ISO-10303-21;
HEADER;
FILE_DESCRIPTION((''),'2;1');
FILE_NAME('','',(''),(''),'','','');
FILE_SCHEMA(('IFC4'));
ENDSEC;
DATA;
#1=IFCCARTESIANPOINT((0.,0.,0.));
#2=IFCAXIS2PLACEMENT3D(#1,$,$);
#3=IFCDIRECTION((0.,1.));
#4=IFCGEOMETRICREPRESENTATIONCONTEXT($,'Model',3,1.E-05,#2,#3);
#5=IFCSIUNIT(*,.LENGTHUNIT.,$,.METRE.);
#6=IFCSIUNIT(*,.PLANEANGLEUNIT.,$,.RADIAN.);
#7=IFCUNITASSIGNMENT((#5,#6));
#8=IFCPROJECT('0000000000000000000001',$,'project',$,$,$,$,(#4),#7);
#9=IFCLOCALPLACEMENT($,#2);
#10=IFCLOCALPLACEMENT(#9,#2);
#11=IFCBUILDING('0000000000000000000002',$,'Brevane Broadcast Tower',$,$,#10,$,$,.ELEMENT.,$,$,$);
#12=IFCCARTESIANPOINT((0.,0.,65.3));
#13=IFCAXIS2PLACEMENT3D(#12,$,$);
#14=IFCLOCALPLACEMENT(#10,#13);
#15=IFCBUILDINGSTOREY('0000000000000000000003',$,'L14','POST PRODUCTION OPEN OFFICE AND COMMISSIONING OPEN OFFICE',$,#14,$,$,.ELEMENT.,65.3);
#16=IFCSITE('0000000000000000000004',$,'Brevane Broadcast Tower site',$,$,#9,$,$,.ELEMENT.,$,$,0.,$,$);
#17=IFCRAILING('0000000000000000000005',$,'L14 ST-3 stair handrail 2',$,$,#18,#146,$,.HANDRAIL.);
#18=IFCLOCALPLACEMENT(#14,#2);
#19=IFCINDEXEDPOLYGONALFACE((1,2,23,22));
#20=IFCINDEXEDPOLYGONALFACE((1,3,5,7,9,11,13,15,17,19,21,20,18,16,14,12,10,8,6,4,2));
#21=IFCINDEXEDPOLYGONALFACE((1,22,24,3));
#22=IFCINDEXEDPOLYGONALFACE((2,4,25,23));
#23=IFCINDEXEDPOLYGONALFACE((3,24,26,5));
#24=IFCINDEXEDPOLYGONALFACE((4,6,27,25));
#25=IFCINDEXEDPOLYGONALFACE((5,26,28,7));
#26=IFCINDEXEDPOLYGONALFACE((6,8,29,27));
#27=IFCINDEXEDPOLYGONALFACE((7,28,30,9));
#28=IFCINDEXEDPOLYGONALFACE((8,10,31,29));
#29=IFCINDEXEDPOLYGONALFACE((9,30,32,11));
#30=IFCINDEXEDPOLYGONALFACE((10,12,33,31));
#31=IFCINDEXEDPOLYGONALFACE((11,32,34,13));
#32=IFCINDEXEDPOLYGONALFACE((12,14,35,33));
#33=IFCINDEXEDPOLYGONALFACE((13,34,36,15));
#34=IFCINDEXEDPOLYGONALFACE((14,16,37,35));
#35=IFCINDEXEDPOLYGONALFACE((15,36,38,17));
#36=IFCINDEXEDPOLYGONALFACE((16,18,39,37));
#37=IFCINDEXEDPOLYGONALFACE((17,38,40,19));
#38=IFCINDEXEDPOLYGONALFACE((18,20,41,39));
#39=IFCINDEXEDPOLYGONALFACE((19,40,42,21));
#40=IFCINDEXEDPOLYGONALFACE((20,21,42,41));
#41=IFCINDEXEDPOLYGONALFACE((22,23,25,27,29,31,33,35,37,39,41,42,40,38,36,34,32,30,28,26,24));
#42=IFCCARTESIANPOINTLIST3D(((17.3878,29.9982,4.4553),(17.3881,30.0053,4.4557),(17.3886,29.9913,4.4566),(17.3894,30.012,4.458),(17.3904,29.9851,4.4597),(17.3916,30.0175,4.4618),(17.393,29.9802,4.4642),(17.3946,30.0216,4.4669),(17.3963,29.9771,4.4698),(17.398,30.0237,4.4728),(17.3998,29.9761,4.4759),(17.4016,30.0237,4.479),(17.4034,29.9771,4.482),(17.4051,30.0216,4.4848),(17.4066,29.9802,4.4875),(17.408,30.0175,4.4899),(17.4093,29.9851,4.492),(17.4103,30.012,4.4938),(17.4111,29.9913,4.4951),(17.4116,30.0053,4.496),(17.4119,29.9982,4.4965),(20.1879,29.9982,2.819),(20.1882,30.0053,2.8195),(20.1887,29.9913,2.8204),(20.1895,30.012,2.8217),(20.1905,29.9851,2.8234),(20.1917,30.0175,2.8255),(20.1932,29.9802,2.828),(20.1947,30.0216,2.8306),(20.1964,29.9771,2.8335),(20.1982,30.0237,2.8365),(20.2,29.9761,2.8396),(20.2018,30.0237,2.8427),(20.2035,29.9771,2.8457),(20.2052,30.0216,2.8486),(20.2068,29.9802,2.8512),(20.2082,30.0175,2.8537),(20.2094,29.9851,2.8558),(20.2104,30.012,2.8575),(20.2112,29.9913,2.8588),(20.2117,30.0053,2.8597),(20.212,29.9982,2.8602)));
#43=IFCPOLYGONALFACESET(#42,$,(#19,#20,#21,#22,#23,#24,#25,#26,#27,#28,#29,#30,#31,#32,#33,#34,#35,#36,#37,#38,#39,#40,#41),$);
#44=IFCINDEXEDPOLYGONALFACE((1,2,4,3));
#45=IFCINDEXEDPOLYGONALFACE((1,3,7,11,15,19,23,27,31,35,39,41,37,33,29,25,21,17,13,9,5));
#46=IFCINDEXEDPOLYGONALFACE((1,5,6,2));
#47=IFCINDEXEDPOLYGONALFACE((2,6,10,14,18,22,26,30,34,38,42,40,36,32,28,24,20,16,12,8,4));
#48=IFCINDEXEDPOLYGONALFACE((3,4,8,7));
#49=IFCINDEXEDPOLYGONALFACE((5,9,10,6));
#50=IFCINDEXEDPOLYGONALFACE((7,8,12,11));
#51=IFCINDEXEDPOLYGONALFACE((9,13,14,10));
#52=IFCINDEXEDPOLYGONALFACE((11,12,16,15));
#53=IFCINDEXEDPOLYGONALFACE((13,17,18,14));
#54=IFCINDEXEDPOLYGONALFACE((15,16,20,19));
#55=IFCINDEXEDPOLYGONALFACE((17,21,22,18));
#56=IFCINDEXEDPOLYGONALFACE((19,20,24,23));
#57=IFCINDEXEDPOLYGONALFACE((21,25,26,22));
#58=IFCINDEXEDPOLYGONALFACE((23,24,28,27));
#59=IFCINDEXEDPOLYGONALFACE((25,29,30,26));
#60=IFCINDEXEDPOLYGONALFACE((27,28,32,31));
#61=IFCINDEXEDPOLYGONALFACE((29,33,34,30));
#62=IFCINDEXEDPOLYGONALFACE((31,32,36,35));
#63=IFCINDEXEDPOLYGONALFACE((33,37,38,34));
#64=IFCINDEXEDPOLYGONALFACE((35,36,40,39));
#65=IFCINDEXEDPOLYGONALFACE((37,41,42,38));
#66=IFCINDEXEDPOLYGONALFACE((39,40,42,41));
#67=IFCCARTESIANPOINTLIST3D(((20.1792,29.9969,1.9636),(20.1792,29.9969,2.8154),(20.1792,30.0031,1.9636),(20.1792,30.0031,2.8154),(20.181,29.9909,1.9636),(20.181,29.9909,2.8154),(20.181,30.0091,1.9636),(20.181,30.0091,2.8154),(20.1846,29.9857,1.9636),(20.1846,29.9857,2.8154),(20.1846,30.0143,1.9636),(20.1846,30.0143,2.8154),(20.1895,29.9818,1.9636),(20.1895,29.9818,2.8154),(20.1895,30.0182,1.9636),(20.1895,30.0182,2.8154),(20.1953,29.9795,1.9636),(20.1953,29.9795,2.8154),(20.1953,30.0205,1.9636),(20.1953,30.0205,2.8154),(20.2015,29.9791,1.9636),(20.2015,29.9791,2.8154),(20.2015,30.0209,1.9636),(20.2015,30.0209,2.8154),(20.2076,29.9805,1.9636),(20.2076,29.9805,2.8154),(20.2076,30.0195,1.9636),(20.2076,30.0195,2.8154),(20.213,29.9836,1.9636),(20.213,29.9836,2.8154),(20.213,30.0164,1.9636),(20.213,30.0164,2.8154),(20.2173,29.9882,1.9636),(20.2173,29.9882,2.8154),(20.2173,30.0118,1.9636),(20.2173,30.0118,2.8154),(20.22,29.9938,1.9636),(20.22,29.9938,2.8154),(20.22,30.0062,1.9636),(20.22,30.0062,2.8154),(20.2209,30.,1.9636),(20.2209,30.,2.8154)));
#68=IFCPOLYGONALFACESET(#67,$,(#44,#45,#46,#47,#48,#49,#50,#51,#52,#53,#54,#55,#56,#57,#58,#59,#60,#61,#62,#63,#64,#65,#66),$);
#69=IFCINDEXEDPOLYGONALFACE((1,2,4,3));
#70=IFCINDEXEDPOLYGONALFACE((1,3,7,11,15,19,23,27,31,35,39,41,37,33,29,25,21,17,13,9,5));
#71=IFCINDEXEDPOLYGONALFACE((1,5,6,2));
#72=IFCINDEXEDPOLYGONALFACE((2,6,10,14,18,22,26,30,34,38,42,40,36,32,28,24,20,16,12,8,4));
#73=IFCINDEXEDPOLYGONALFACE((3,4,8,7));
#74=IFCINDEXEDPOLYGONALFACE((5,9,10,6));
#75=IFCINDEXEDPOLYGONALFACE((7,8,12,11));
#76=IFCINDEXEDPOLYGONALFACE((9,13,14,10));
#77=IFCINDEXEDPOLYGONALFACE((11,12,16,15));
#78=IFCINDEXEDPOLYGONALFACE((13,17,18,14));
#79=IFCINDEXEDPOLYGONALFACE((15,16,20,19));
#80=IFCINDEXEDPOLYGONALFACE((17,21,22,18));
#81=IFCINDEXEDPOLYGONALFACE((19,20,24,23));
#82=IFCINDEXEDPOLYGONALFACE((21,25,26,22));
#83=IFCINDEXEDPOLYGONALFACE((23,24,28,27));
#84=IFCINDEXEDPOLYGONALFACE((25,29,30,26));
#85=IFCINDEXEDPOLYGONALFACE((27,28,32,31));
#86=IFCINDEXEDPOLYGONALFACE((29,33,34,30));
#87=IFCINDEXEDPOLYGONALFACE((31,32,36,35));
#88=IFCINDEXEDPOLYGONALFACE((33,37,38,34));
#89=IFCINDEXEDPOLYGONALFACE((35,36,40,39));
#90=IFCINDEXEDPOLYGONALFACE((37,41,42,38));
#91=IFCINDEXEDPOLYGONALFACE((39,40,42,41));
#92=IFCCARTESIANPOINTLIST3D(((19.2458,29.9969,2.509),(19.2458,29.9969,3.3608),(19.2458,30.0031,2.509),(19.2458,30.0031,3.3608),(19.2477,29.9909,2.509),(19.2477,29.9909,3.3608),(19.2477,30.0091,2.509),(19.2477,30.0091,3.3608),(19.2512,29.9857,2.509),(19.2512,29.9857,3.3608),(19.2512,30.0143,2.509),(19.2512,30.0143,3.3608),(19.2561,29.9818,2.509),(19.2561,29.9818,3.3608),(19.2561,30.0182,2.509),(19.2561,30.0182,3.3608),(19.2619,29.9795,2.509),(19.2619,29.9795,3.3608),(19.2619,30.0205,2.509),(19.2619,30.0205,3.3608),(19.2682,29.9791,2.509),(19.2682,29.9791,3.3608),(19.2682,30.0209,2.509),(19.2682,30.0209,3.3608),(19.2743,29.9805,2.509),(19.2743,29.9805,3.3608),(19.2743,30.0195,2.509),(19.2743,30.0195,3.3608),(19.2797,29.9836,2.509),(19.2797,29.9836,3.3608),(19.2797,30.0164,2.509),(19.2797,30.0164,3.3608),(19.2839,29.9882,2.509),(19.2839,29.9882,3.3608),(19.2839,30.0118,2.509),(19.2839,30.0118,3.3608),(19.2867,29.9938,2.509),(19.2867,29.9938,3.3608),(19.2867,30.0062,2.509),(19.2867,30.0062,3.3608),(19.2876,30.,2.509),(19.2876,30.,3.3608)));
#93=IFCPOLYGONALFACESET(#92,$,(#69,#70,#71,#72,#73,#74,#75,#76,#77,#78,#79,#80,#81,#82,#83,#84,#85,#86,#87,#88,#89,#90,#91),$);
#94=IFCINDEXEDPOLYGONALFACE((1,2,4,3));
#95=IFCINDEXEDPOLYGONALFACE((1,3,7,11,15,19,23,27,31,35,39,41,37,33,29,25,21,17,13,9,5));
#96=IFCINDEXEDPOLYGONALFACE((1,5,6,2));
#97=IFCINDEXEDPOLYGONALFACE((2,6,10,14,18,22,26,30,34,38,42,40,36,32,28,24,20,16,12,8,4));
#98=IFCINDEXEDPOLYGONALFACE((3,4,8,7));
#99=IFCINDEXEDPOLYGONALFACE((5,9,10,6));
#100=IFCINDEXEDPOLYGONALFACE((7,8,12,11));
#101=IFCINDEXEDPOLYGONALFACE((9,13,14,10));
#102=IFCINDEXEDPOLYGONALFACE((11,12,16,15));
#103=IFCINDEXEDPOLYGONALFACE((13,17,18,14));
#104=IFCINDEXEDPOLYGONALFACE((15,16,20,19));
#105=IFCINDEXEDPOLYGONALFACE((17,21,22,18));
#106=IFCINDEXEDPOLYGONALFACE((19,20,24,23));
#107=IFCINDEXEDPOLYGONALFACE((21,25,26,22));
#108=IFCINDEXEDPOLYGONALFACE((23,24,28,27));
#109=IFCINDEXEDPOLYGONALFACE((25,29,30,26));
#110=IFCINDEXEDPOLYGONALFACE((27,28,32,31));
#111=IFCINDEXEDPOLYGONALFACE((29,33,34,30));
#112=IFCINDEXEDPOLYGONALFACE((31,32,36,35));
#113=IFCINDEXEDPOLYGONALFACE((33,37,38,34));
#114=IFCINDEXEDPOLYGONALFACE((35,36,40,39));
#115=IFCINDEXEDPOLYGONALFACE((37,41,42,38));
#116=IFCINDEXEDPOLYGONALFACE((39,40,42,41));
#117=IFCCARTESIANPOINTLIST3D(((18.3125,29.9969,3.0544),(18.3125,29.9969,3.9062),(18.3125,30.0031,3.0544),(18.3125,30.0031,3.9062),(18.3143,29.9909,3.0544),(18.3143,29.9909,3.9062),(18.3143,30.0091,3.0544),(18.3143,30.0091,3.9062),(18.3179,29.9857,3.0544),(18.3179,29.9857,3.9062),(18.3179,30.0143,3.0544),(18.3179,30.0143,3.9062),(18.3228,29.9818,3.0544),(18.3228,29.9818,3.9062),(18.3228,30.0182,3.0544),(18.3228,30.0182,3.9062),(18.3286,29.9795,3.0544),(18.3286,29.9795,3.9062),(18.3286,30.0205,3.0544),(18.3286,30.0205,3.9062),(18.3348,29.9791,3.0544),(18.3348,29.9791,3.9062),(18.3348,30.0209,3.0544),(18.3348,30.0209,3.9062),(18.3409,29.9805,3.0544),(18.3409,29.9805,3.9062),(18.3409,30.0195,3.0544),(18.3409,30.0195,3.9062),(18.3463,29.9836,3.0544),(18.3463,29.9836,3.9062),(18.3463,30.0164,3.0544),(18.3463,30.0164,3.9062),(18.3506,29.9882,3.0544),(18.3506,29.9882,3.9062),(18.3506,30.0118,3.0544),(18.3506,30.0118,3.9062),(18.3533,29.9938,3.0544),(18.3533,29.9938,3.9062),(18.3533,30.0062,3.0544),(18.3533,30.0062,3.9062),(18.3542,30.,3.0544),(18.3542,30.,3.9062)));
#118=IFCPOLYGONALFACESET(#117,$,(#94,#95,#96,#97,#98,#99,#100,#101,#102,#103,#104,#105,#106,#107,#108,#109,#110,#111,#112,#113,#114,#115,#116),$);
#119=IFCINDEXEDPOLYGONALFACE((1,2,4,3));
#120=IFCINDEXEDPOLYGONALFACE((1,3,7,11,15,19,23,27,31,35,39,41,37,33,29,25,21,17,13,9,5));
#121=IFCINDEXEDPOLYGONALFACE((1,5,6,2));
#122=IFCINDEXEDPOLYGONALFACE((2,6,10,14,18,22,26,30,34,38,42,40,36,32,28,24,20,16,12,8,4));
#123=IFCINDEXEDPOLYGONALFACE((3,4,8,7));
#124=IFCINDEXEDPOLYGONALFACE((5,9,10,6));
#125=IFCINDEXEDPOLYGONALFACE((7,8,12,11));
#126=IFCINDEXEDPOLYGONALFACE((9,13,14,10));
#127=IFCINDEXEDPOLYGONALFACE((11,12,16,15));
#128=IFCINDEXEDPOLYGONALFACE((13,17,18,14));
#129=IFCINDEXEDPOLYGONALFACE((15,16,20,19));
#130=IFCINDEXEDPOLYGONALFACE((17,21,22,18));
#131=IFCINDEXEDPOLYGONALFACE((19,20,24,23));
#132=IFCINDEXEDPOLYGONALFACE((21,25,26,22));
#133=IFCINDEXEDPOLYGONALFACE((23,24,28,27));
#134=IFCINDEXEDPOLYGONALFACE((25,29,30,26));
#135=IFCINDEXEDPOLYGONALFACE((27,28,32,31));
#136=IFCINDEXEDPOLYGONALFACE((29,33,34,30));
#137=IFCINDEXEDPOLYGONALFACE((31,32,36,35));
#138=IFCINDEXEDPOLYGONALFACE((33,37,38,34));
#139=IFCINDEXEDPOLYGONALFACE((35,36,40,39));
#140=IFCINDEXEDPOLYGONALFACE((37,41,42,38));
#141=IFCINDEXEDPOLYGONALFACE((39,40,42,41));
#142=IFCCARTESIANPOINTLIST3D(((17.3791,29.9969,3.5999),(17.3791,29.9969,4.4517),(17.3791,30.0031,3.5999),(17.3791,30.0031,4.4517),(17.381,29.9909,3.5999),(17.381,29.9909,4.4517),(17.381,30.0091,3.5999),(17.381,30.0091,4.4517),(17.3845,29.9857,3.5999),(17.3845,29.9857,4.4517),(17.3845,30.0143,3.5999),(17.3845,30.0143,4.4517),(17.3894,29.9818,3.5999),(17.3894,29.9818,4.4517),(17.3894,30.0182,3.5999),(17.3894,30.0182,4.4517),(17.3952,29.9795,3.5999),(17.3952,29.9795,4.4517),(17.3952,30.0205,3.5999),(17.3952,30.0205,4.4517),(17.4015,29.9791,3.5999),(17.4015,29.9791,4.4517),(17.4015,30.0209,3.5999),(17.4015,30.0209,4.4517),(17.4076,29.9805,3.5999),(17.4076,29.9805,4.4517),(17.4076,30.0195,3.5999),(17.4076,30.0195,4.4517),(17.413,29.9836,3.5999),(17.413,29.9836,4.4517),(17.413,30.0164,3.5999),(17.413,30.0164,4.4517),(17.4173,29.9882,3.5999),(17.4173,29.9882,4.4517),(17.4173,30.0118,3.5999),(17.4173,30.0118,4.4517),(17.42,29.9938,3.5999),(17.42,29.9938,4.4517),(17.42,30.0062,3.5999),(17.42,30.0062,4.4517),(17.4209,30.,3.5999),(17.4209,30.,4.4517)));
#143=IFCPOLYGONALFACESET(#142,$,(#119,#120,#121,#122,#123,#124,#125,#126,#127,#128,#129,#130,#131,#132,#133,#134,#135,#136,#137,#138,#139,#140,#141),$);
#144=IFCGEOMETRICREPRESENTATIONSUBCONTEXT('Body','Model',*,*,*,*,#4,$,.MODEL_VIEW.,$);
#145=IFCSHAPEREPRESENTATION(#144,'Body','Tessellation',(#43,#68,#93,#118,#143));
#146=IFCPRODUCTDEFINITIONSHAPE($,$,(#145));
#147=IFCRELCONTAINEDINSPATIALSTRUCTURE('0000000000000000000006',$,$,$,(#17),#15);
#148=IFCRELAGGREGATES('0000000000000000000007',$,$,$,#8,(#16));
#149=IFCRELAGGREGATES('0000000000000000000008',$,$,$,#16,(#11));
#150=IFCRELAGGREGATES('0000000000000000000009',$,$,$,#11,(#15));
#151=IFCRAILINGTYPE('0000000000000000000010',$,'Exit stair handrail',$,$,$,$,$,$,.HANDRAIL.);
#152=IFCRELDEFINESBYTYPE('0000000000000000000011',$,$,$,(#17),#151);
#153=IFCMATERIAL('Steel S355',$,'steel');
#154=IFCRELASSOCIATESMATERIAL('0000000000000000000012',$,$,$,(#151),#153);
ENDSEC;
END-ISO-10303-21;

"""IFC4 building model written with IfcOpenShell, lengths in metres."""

from ifc_helpers import new_model, si_unit, direction, frame, origin, origin_2d, place, context, subcontext, project, spatial, circle, extrude, material, type_object, element, save


model = new_model("IFC4")

# Units and contexts
model_context = context("Model", 3, precision=1e-05, world=origin(), true_north=direction((0.0, 1.0)))
body_context = subcontext(model_context, "Body", "Model", "MODEL_VIEW")
ifc_project = project(units=[si_unit("LENGTHUNIT", "METRE"), si_unit("PLANEANGLEUNIT", "RADIAN")], contexts=[model_context])

# Site, building, storey
site_placement = place(None, origin())
site = spatial("IfcSite", under=ifc_project, at=site_placement, Name="Brevane Broadcast Tower site", CompositionType="ELEMENT", RefElevation=0.0)
building_placement = place(site_placement, origin())
building = spatial("IfcBuilding", under=site, at=building_placement, Name="Brevane Broadcast Tower", CompositionType="ELEMENT")
storey_placement = place(building_placement, frame((0.0, 0.0, 65.3)))
storey = spatial("IfcBuildingStorey", under=building, at=storey_placement, Name="L14", Description="POST PRODUCTION OPEN OFFICE AND COMMISSIONING OPEN OFFICE", CompositionType="ELEMENT", Elevation=65.3)

# Railing
ifc_material_1 = material(Name="Steel S355", Category="steel")
railing_type_1 = type_object("IfcRailingType", Name="Exit stair handrail", PredefinedType="HANDRAIL", material=ifc_material_1)
railing_1_placement = place(storey_placement, frame((20.2, 30.0, 1.9636)))
element("IfcRailing", 1, at=railing_1_placement, inside=storey, type_object=railing_type_1, Name="L14 ST-3 stair handrail 2", PredefinedType="HANDRAIL", context=body_context, shape_type="SweptSolid", body=[
    extrude(circle(Radius=0.0239, at=origin_2d()), frame((0.0, 0.0, 0.876), z_axis=(-0.863394, 0.0, 0.504531), x_axis=(0.0, -1.0, 0.0)), (0.0, 0.0, 1.0), 3.2432),
    extrude(circle(Radius=0.021, at=origin_2d()), origin(), (0.0, 0.0, 1.0), 0.8518),
    extrude(circle(Radius=0.021, at=origin_2d()), frame((-0.9333, 0.0, 0.5454)), (0.0, 0.0, 1.0), 0.8518),
    extrude(circle(Radius=0.021, at=origin_2d()), frame((-1.8667, 0.0, 1.0908)), (0.0, 0.0, 1.0), 0.8518),
    extrude(circle(Radius=0.021, at=origin_2d()), frame((-2.8, 0.0, 1.6362)), (0.0, 0.0, 1.0), 0.8518),
])

save(model, "model.ifc")
